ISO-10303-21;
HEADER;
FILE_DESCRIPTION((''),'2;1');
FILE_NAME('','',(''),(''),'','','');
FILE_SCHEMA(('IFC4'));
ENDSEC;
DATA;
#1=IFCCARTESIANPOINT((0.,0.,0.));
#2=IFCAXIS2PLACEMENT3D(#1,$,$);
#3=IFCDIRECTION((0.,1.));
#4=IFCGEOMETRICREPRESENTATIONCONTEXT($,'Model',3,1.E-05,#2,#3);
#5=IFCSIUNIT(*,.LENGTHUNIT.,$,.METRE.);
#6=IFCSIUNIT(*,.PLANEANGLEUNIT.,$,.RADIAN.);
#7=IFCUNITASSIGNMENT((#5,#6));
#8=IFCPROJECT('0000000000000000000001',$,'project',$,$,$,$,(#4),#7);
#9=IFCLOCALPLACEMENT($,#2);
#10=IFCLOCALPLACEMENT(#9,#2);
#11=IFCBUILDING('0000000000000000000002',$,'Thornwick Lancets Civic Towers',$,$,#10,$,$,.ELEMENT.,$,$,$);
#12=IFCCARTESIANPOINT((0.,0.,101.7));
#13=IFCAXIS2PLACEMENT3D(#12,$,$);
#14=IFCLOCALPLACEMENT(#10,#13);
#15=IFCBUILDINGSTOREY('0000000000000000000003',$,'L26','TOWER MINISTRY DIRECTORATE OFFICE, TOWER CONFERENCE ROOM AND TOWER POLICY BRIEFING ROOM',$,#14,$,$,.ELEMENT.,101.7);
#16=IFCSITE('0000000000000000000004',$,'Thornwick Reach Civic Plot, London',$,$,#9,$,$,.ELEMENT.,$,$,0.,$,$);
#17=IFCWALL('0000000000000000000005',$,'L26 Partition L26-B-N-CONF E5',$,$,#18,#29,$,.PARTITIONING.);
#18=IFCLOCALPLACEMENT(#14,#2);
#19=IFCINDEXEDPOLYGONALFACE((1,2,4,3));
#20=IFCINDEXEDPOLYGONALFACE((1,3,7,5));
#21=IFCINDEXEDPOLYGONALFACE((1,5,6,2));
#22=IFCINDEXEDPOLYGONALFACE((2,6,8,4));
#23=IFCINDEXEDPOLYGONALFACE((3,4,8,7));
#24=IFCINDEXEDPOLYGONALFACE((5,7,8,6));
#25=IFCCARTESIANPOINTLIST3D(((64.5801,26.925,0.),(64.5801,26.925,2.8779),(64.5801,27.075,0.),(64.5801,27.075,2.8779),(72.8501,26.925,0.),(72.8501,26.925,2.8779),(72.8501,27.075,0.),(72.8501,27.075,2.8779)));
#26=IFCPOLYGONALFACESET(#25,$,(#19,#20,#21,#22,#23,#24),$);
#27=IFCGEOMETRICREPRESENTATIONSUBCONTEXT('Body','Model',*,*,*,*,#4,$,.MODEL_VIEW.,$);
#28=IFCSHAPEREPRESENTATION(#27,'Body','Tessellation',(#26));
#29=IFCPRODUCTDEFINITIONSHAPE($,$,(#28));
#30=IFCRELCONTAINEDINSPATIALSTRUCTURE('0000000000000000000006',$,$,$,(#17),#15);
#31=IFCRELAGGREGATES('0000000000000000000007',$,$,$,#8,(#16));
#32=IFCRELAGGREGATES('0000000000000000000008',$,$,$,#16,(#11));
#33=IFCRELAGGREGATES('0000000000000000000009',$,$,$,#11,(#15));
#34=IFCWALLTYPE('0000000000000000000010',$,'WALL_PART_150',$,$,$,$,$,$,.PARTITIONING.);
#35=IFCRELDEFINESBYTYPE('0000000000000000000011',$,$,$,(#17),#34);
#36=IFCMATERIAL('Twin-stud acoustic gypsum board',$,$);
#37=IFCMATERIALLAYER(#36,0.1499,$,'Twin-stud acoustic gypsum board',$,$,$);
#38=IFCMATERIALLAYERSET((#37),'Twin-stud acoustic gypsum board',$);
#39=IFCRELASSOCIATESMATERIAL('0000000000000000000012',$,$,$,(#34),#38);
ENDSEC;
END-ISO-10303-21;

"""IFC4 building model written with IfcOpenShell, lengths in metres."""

from ifc_helpers import new_model, si_unit, direction, frame, frame_2d, origin, place, context, subcontext, project, spatial, rectangle, extrude, material, layer, layer_set, type_object, element, save


model = new_model("IFC4")

# Units and contexts
model_context = context("Model", 3, precision=1e-05, world=origin(), true_north=direction((0.0, 1.0)))
body_context = subcontext(model_context, "Body", "Model", "MODEL_VIEW")
ifc_project = project(units=[si_unit("LENGTHUNIT", "METRE"), si_unit("PLANEANGLEUNIT", "RADIAN")], contexts=[model_context])

# Site, building, storey
site_placement = place(None, origin())
site = spatial("IfcSite", under=ifc_project, at=site_placement, Name="Thornwick Reach Civic Plot, London", CompositionType="ELEMENT", RefElevation=0.0)
building_placement = place(site_placement, origin())
building = spatial("IfcBuilding", under=site, at=building_placement, Name="Thornwick Lancets Civic Towers", CompositionType="ELEMENT")
storey_placement = place(building_placement, frame((0.0, 0.0, 101.7)))
storey = spatial("IfcBuildingStorey", under=building, at=storey_placement, Name="L26", Description="TOWER MINISTRY DIRECTORATE OFFICE, TOWER CONFERENCE ROOM AND TOWER POLICY BRIEFING ROOM", CompositionType="ELEMENT", Elevation=101.7)

# Wall
ifc_material_1 = material(Name="Twin-stud acoustic gypsum board")
ifc_layer_1 = layer(ifc_material_1, 0.1499, Name="Twin-stud acoustic gypsum board")
ifc_layer_set_1 = layer_set([ifc_layer_1], Name="Twin-stud acoustic gypsum board")
wall_type_1 = type_object("IfcWallType", Name="WALL_PART_150", PredefinedType="PARTITIONING", material=ifc_layer_set_1)
wall_1_placement = place(storey_placement, frame((64.5801, 27.0, 0.0), z_axis=(0.0, 0.0, 1.0), x_axis=(1.0, 0.0, 0.0)))
element("IfcWall", 1, at=wall_1_placement, inside=storey, type_object=wall_type_1, Name="L26 Partition L26-B-N-CONF E5", PredefinedType="PARTITIONING", context=body_context, shape_type="SweptSolid", body=[
    extrude(rectangle(XDim=8.27, YDim=0.1499, at=frame_2d((4.135, 0.0))), origin(), (0.0, 0.0, 1.0), 2.8779),
])

save(model, "model.ifc")
